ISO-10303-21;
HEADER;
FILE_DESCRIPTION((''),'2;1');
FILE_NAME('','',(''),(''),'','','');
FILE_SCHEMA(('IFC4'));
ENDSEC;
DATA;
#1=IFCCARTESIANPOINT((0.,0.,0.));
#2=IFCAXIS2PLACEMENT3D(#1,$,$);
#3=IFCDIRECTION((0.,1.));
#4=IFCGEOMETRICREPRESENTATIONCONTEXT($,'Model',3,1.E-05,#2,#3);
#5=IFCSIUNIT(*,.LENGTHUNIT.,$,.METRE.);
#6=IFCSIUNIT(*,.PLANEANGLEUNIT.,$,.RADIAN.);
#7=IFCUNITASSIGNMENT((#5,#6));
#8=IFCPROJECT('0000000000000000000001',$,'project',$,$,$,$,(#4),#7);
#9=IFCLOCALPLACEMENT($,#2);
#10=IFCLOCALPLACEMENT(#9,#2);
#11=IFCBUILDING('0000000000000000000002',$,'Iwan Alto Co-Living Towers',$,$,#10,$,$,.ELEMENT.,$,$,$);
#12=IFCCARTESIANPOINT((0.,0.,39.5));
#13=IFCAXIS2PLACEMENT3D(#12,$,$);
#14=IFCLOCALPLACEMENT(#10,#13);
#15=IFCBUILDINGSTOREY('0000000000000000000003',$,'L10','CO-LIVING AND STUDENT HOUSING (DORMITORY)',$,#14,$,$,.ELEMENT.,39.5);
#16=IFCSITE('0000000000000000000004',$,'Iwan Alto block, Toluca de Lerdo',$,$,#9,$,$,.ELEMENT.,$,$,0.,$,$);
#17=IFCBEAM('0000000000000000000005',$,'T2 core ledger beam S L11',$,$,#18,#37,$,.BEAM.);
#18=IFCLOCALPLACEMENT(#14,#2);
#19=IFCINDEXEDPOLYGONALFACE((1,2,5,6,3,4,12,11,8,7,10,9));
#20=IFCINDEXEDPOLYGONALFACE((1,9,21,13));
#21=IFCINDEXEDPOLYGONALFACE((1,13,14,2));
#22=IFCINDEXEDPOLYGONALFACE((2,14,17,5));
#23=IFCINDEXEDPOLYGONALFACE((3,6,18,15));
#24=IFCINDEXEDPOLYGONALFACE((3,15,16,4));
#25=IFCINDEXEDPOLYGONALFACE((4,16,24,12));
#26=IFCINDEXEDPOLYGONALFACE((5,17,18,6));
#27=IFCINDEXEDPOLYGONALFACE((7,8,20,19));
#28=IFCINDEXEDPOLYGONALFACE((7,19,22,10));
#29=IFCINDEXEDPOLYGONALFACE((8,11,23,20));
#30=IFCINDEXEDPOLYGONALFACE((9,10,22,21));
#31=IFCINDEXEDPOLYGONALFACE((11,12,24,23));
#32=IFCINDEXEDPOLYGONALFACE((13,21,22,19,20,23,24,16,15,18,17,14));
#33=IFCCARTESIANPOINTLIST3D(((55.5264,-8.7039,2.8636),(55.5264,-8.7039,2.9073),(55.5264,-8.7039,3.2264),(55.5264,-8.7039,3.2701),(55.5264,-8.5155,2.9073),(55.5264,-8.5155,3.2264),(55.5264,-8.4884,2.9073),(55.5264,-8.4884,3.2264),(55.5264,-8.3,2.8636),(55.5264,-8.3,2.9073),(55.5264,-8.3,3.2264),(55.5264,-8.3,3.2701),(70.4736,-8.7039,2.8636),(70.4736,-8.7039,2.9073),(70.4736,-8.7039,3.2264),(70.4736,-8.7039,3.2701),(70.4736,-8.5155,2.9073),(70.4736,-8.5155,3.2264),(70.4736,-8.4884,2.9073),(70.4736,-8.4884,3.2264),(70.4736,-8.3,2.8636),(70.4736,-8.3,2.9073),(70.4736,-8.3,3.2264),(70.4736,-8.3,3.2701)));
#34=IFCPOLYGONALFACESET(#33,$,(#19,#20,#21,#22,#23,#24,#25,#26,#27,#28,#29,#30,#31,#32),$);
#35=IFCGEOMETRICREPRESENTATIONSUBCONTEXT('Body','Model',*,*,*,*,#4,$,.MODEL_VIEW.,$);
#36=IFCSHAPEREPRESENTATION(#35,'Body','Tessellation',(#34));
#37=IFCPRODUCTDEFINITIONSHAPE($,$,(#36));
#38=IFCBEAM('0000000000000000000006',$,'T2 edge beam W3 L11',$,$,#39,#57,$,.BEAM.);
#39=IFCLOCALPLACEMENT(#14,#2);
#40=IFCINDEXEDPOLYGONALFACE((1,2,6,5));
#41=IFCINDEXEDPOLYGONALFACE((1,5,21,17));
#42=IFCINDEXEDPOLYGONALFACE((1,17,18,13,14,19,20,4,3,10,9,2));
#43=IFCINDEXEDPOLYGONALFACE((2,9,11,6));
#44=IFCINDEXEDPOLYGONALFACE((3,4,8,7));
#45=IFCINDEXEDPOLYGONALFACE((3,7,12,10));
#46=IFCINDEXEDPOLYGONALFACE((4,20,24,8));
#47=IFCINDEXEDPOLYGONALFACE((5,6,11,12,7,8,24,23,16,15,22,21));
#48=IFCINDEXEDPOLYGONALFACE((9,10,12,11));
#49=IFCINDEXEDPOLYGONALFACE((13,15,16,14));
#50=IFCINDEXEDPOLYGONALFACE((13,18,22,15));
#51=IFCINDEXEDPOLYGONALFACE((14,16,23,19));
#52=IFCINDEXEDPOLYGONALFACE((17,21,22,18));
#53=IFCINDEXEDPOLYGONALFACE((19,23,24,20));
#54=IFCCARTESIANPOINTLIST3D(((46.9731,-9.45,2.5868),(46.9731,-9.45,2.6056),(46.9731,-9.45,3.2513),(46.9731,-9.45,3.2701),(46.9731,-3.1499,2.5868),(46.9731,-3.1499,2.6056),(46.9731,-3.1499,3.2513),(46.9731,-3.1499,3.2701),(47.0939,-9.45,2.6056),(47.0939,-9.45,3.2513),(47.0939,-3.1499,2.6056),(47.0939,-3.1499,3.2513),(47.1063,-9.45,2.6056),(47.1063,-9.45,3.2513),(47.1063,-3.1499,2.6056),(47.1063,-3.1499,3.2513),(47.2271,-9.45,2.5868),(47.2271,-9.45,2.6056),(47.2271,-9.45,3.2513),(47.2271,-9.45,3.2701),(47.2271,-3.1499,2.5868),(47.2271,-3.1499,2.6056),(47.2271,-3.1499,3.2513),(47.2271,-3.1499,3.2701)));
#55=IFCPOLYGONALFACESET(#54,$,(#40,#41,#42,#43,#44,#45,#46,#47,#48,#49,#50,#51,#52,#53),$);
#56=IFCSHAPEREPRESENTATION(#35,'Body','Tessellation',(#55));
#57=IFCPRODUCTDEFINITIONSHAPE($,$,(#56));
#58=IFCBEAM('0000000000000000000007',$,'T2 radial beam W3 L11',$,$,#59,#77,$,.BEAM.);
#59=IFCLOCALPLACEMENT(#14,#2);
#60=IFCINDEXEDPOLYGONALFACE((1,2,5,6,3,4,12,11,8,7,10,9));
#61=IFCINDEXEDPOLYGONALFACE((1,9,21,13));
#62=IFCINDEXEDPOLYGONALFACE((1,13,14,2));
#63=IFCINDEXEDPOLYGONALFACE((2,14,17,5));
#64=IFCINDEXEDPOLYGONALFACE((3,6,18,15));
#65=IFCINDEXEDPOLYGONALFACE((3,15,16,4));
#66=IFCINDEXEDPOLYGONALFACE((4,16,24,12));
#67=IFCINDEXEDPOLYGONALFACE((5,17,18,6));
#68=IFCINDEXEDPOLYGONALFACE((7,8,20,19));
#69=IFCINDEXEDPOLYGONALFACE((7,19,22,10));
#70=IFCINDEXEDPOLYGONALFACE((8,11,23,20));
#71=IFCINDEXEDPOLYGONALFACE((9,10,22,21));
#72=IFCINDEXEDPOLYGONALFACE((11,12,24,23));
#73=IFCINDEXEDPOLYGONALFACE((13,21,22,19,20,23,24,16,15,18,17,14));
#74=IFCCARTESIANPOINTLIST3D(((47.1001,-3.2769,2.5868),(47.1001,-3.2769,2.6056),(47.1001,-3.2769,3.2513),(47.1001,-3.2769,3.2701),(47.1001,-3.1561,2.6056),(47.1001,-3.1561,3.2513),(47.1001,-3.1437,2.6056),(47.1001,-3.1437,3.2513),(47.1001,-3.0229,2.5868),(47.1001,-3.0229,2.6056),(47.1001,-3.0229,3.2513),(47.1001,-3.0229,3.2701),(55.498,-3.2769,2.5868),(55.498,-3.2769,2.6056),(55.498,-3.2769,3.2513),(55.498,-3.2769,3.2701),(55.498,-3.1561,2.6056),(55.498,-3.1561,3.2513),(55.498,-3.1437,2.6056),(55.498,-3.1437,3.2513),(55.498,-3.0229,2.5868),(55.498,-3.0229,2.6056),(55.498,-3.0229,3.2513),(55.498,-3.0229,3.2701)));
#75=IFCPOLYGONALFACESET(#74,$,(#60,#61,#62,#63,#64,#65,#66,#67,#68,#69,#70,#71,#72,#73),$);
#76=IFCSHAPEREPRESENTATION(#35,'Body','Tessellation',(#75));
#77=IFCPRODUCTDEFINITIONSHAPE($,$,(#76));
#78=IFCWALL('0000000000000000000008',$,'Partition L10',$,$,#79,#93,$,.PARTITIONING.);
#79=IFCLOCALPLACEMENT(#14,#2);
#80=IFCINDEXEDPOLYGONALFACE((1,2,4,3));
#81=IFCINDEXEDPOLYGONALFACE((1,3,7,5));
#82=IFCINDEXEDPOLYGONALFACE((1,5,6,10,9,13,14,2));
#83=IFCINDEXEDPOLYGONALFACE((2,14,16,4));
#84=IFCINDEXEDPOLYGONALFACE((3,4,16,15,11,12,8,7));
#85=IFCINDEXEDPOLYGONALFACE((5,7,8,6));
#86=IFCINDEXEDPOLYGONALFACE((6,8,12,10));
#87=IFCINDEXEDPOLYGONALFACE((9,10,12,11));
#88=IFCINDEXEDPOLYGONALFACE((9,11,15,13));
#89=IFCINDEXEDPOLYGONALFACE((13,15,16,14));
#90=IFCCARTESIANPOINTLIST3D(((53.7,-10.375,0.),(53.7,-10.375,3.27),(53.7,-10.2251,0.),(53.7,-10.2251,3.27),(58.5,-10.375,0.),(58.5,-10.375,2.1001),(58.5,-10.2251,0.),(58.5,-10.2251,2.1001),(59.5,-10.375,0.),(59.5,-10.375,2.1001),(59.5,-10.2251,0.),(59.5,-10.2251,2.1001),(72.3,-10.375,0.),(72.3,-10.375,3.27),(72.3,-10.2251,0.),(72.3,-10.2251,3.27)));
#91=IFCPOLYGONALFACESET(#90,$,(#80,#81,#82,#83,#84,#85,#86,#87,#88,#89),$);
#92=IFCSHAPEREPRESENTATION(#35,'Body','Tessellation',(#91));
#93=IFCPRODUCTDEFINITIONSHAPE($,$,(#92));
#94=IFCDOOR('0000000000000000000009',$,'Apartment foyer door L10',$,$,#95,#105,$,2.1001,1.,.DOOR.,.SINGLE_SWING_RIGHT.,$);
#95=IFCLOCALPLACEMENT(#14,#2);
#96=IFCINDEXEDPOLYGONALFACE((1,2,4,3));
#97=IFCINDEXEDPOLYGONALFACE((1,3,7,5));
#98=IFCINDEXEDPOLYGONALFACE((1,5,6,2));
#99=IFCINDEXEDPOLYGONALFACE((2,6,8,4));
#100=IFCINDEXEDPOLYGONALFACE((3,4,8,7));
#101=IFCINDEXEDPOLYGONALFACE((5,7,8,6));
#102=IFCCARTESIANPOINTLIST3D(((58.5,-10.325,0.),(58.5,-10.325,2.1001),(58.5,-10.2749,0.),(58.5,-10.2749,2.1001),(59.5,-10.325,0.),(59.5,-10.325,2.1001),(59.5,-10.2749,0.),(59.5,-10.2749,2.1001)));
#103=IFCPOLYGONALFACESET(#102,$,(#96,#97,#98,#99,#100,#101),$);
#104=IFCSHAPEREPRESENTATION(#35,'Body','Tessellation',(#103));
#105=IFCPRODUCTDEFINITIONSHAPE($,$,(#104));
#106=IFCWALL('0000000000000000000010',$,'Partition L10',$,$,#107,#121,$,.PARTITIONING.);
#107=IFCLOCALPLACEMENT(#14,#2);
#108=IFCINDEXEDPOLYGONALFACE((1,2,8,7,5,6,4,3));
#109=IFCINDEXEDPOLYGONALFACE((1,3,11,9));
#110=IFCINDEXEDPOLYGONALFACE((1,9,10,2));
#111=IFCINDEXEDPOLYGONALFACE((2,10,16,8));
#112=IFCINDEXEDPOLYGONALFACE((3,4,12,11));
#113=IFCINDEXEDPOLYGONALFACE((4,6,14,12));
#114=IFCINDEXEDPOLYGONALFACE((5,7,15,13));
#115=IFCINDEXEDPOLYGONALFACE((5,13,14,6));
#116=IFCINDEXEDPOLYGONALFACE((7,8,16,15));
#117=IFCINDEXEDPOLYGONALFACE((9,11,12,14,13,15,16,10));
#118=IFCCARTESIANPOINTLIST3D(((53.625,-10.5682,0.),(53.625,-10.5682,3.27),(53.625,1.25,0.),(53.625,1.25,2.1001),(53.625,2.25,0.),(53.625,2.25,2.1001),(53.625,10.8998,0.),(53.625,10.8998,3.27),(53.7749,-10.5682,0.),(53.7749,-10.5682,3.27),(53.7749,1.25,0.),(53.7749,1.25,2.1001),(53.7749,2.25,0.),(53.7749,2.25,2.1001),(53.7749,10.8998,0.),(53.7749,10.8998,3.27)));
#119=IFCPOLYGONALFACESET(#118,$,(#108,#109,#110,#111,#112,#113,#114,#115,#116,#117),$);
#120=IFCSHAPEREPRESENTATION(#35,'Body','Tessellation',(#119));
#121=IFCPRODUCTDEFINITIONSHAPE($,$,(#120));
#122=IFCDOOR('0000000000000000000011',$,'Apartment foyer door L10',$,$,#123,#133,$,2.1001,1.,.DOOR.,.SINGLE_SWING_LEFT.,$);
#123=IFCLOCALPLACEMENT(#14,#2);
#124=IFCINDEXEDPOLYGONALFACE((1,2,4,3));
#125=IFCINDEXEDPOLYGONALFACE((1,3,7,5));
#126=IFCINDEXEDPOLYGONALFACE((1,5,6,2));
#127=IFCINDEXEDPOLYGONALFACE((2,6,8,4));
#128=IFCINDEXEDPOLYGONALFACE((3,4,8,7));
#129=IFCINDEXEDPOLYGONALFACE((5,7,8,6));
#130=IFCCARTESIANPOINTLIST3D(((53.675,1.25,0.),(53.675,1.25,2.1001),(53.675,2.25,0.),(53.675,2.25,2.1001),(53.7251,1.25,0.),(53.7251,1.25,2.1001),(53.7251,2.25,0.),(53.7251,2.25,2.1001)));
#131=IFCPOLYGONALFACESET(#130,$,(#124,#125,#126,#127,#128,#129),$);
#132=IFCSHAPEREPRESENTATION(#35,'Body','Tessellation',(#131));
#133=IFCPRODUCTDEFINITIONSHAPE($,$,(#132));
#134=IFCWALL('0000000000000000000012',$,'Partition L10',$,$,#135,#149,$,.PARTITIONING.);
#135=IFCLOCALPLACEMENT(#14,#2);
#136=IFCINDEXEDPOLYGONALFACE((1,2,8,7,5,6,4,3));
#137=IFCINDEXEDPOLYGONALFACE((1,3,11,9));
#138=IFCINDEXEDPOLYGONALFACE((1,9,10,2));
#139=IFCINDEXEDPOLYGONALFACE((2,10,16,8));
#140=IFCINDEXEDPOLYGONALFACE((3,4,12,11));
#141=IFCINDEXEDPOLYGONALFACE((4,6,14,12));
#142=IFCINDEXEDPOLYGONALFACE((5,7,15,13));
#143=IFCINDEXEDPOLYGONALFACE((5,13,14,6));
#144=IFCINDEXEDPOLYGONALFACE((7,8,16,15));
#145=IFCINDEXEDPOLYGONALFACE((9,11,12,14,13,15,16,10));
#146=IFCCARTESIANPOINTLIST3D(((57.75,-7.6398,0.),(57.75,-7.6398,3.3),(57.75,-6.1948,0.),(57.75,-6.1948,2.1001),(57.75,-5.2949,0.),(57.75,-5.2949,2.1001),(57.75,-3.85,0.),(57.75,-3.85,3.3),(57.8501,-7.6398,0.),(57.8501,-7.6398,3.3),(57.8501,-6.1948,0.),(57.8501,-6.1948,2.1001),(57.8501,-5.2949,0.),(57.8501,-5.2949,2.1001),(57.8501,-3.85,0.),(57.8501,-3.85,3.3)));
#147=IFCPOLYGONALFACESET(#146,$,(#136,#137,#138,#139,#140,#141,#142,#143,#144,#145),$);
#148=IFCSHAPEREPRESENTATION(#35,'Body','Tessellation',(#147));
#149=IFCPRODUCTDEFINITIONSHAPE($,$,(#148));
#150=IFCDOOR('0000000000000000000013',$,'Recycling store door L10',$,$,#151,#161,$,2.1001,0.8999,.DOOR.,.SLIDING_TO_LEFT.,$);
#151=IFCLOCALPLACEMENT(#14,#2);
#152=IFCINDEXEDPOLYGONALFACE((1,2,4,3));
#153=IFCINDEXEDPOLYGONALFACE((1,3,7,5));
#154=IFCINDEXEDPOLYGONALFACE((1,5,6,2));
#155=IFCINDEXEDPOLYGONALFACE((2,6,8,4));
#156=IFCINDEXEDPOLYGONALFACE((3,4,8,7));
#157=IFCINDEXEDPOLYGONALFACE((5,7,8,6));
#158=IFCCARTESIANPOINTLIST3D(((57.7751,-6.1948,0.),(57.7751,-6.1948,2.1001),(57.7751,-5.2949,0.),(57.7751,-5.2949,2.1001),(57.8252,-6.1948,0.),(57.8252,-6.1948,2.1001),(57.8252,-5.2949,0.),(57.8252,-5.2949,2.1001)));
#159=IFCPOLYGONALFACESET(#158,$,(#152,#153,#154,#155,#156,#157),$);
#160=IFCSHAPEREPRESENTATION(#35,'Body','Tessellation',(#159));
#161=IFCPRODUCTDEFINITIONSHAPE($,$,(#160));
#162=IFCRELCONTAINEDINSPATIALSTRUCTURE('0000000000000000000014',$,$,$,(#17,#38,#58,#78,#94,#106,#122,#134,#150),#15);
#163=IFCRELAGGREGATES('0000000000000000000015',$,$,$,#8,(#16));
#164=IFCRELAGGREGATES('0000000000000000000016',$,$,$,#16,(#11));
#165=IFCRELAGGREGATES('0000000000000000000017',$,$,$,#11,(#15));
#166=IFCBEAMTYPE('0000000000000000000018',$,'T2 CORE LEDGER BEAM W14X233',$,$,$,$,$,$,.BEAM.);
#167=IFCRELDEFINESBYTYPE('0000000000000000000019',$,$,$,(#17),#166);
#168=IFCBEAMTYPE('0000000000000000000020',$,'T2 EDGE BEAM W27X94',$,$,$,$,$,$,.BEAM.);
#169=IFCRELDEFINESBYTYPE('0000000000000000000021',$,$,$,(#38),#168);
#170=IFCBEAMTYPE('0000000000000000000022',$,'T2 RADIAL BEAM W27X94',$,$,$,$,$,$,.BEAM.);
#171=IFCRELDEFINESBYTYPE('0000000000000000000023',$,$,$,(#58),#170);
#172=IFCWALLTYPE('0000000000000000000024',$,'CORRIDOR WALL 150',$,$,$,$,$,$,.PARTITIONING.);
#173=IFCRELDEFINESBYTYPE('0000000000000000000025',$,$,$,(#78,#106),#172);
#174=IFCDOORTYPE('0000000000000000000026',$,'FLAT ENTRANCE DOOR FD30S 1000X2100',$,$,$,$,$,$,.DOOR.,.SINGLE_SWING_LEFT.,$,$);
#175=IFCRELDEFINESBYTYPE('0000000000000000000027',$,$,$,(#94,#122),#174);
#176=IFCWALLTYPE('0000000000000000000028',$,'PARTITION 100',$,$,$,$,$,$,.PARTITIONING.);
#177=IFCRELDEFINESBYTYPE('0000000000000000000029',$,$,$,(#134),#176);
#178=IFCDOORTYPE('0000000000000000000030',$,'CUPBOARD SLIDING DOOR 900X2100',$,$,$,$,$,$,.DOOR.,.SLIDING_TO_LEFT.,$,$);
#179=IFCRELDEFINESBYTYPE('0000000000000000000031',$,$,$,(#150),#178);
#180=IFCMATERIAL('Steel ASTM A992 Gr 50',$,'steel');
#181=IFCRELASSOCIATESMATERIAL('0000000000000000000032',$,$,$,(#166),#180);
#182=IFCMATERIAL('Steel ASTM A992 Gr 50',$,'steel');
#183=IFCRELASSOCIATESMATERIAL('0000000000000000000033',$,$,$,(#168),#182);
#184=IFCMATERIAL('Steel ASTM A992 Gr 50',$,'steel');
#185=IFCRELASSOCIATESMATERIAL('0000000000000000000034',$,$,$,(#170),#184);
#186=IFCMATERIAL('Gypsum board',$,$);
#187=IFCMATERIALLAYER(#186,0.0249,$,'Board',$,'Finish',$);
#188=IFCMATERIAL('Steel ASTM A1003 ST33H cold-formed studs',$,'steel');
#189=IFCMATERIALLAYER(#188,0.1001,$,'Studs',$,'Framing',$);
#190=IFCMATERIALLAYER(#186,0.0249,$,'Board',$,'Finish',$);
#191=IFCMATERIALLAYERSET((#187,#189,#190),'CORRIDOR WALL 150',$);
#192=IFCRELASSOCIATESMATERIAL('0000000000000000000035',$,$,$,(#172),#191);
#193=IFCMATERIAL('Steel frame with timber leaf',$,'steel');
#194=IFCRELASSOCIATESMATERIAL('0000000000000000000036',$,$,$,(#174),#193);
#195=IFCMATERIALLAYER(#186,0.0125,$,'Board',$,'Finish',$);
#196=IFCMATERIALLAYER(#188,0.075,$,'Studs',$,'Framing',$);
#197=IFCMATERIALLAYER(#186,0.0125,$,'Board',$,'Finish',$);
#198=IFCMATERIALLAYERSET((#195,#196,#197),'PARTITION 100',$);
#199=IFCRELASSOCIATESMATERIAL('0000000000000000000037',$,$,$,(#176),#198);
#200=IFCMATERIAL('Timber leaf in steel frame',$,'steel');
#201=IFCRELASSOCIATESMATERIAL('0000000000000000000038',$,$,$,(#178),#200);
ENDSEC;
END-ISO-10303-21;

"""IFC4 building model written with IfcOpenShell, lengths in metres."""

from ifc_helpers import new_model, si_unit, direction, frame, frame_2d, origin, origin_2d, place, context, subcontext, project, spatial, rectangle, i_section, extrude, material, layer, layer_set, material_profile, profile_set, type_object, element, fill, save


model = new_model("IFC4")

# Units and contexts
model_context = context("Model", 3, precision=1e-05, world=origin(), true_north=direction((0.0, 1.0)))
body_context = subcontext(model_context, "Body", "Model", "MODEL_VIEW")
ifc_project = project(units=[si_unit("LENGTHUNIT", "METRE"), si_unit("PLANEANGLEUNIT", "RADIAN")], contexts=[model_context])

# Site, building, storey
site_placement = place(None, origin())
site = spatial("IfcSite", under=ifc_project, at=site_placement, Name="Iwan Alto block, Toluca de Lerdo", CompositionType="ELEMENT", RefElevation=0.0)
building_placement = place(site_placement, origin())
building = spatial("IfcBuilding", under=site, at=building_placement, Name="Iwan Alto Co-Living Towers", CompositionType="ELEMENT")
storey_placement = place(building_placement, frame((0.0, 0.0, 39.5)))
storey = spatial("IfcBuildingStorey", under=building, at=storey_placement, Name="L10", Description="CO-LIVING AND STUDENT HOUSING (DORMITORY)", CompositionType="ELEMENT", Elevation=39.5)

# Beams
ifc_material_1 = material(Name="Steel ASTM A992 Gr 50", Category="steel")
ifc_material_profile_1 = material_profile(ifc_material_1, i_section(OverallWidth=0.4038, OverallDepth=0.4065, WebThickness=0.0271, FlangeThickness=0.0437, at=origin_2d()), Name="W14X233")
ifc_profile_set_1 = profile_set([ifc_material_profile_1], Name="Steel ASTM A992 Gr 50")
beam_type_1 = type_object("IfcBeamType", Name="T2 CORE LEDGER BEAM W14X233", PredefinedType="BEAM", material=ifc_profile_set_1)
beam_1_placement = place(storey_placement, frame((55.5264, -8.502, 3.0669), z_axis=(1.0, 0.0, 0.0), x_axis=(0.0, 1.0, 0.0)))
element("IfcBeam", 1, at=beam_1_placement, inside=storey, type_object=beam_type_1, Name="T2 core ledger beam S L11", PredefinedType="BEAM", context=body_context, shape_type="SweptSolid", body=[
    extrude(i_section(OverallWidth=0.4038, OverallDepth=0.4065, WebThickness=0.0271, FlangeThickness=0.0437, at=origin_2d()), origin(), (0.0, 0.0, 1.0), 14.9473),
])
ifc_material_2 = material(Name="Steel ASTM A992 Gr 50", Category="steel")
ifc_material_profile_2 = material_profile(ifc_material_2, i_section(OverallWidth=0.2539, OverallDepth=0.6833, WebThickness=0.0125, FlangeThickness=0.0188, at=origin_2d()), Name="W27X94")
ifc_profile_set_2 = profile_set([ifc_material_profile_2], Name="Steel ASTM A992 Gr 50")
beam_type_2 = type_object("IfcBeamType", Name="T2 EDGE BEAM W27X94", PredefinedType="BEAM", material=ifc_profile_set_2)
beam_2_placement = place(storey_placement, frame((47.1001, -3.1499, 2.9285), z_axis=(0.0, -1.0, 0.0), x_axis=(1.0, 0.0, 0.0)))
element("IfcBeam", 2, at=beam_2_placement, inside=storey, type_object=beam_type_2, Name="T2 edge beam W3 L11", PredefinedType="BEAM", context=body_context, shape_type="SweptSolid", body=[
    extrude(i_section(OverallWidth=0.2539, OverallDepth=0.6833, WebThickness=0.0125, FlangeThickness=0.0188, at=origin_2d()), origin(), (0.0, 0.0, 1.0), 6.3),
])
ifc_material_3 = material(Name="Steel ASTM A992 Gr 50", Category="steel")
ifc_material_profile_3 = material_profile(ifc_material_3, i_section(OverallWidth=0.2539, OverallDepth=0.6833, WebThickness=0.0125, FlangeThickness=0.0188, at=origin_2d()), Name="W27X94")
ifc_profile_set_3 = profile_set([ifc_material_profile_3], Name="Steel ASTM A992 Gr 50")
beam_type_3 = type_object("IfcBeamType", Name="T2 RADIAL BEAM W27X94", PredefinedType="BEAM", material=ifc_profile_set_3)
beam_3_placement = place(storey_placement, frame((47.1001, -3.1499, 2.9285), z_axis=(1.0, 0.0, 0.0), x_axis=(0.0, 1.0, 0.0)))
element("IfcBeam", 3, at=beam_3_placement, inside=storey, type_object=beam_type_3, Name="T2 radial beam W3 L11", PredefinedType="BEAM", context=body_context, shape_type="SweptSolid", body=[
    extrude(i_section(OverallWidth=0.2539, OverallDepth=0.6833, WebThickness=0.0125, FlangeThickness=0.0188, at=origin_2d()), origin(), (0.0, 0.0, 1.0), 8.3979),
])

# Walls, openings, doors
ifc_material_4 = material(Name="Gypsum board")
ifc_layer_1 = layer(ifc_material_4, 0.0249, Name="Board", Category="Finish")
ifc_material_5 = material(Name="Steel ASTM A1003 ST33H cold-formed studs", Category="steel")
ifc_layer_2 = layer(ifc_material_5, 0.1001, Name="Studs", Category="Framing")
ifc_layer_3 = layer(ifc_material_4, 0.0249, Name="Board", Category="Finish")
ifc_layer_set_1 = layer_set([ifc_layer_1, ifc_layer_2, ifc_layer_3], Name="CORRIDOR WALL 150")
wall_type_1 = type_object("IfcWallType", Name="CORRIDOR WALL 150", PredefinedType="PARTITIONING", material=ifc_layer_set_1)
wall_1_placement = place(storey_placement, frame((53.7, -10.3, 0.0), z_axis=(0.0, 0.0, 1.0), x_axis=(1.0, 0.0, 0.0)))
wall_1 = element("IfcWall", 4, at=wall_1_placement, inside=storey, type_object=wall_type_1, Name="Partition L10", PredefinedType="PARTITIONING", context=body_context, shape_type="SweptSolid", body=[
    extrude(rectangle(XDim=18.6001, YDim=0.1499, at=frame_2d((9.3, 0.0))), origin(), (0.0, 0.0, 1.0), 3.27),
])
opening_1_placement = place(wall_1_placement, frame((4.8, 0.0, 0.0)))
opening_1 = element("IfcOpeningElement", 5, at=opening_1_placement, cuts=wall_1, PredefinedType="OPENING", context=body_context, shape_type="SweptSolid", body=[
    extrude(rectangle(XDim=1.0, YDim=2.1001, at=frame_2d((0.5, 1.05))), frame((0.0, 0.085, 0.0), z_axis=(0.0, -1.0, 0.0), x_axis=(1.0, 0.0, 0.0)), (0.0, 0.0, 1.0), 0.1699),
])
ifc_material_6 = material(Name="Steel frame with timber leaf", Category="steel")
door_type_1 = type_object("IfcDoorType", Name="FLAT ENTRANCE DOOR FD30S 1000X2100", OperationType="SINGLE_SWING_LEFT", PredefinedType="DOOR", material=ifc_material_6)
door_1_placement = place(opening_1_placement, frame((1.0, 0.0, 0.0), z_axis=(0.0, 0.0, 1.0), x_axis=(-1.0, 0.0, 0.0)))
door_1 = element("IfcDoor", 6, at=door_1_placement, inside=storey, type_object=door_type_1, Name="Apartment foyer door L10", OperationType="SINGLE_SWING_RIGHT", OverallHeight=2.1001, OverallWidth=1.0, PredefinedType="DOOR", context=body_context, shape_type="SweptSolid", body=[
    extrude(rectangle(XDim=1.0, YDim=2.1001, at=frame_2d((0.5, 1.05))), frame((0.0, 0.0249, 0.0), z_axis=(0.0, -1.0, 0.0), x_axis=(1.0, 0.0, 0.0)), (0.0, 0.0, 1.0), 0.05),
])
fill(opening_1, door_1)
wall_2_placement = place(storey_placement, frame((53.7, -10.5681, 0.0), z_axis=(0.0, 0.0, 1.0), x_axis=(0.0, 1.0, 0.0)))
wall_2 = element("IfcWall", 7, at=wall_2_placement, inside=storey, type_object=wall_type_1, Name="Partition L10", PredefinedType="PARTITIONING", context=body_context, shape_type="SweptSolid", body=[
    extrude(rectangle(XDim=21.468, YDim=0.1499, at=frame_2d((10.7339, 0.0))), origin(), (0.0, 0.0, 1.0), 3.27),
])
opening_2_placement = place(wall_2_placement, frame((11.8181, 0.0, 0.0)))
opening_2 = element("IfcOpeningElement", 8, at=opening_2_placement, cuts=wall_2, PredefinedType="OPENING", context=body_context, shape_type="SweptSolid", body=[
    extrude(rectangle(XDim=1.0, YDim=2.1001, at=frame_2d((0.5, 1.05))), frame((0.0, 0.085, 0.0), z_axis=(0.0, -1.0, 0.0), x_axis=(1.0, 0.0, 0.0)), (0.0, 0.0, 1.0), 0.1699),
])
door_2_placement = place(opening_2_placement, origin())
door_2 = element("IfcDoor", 9, at=door_2_placement, inside=storey, type_object=door_type_1, Name="Apartment foyer door L10", OperationType="SINGLE_SWING_LEFT", OverallHeight=2.1001, OverallWidth=1.0, PredefinedType="DOOR", context=body_context, shape_type="SweptSolid", body=[
    extrude(rectangle(XDim=1.0, YDim=2.1001, at=frame_2d((0.5, 1.05))), frame((0.0, 0.0249, 0.0), z_axis=(0.0, -1.0, 0.0), x_axis=(1.0, 0.0, 0.0)), (0.0, 0.0, 1.0), 0.05),
])
fill(opening_2, door_2)
ifc_layer_4 = layer(ifc_material_4, 0.0125, Name="Board", Category="Finish")
ifc_layer_5 = layer(ifc_material_5, 0.075, Name="Studs", Category="Framing")
ifc_layer_6 = layer(ifc_material_4, 0.0125, Name="Board", Category="Finish")
ifc_layer_set_2 = layer_set([ifc_layer_4, ifc_layer_5, ifc_layer_6], Name="PARTITION 100")
wall_type_2 = type_object("IfcWallType", Name="PARTITION 100", PredefinedType="PARTITIONING", material=ifc_layer_set_2)
wall_3_placement = place(storey_placement, frame((57.8, -7.6399, 0.0), z_axis=(0.0, 0.0, 1.0), x_axis=(0.0, 1.0, 0.0)))
wall_3 = element("IfcWall", 10, at=wall_3_placement, inside=storey, type_object=wall_type_2, Name="Partition L10", PredefinedType="PARTITIONING", context=body_context, shape_type="SweptSolid", body=[
    extrude(rectangle(XDim=3.7898, YDim=0.1001, at=frame_2d((1.895, 0.0))), origin(), (0.0, 0.0, 1.0), 3.3),
])
opening_3_placement = place(wall_3_placement, frame((1.4451, 0.0, 0.0)))
opening_3 = element("IfcOpeningElement", 11, at=opening_3_placement, cuts=wall_3, PredefinedType="OPENING", context=body_context, shape_type="SweptSolid", body=[
    extrude(rectangle(XDim=0.8999, YDim=2.1001, at=frame_2d((0.45, 1.05))), frame((0.0, 0.0601, 0.0), z_axis=(0.0, -1.0, 0.0), x_axis=(1.0, 0.0, 0.0)), (0.0, 0.0, 1.0), 0.1201),
])
ifc_material_7 = material(Name="Timber leaf in steel frame", Category="steel")
door_type_2 = type_object("IfcDoorType", Name="CUPBOARD SLIDING DOOR 900X2100", OperationType="SLIDING_TO_LEFT", PredefinedType="DOOR", material=ifc_material_7)
door_3_placement = place(opening_3_placement, origin())
door_3 = element("IfcDoor", 12, at=door_3_placement, inside=storey, type_object=door_type_2, Name="Recycling store door L10", OperationType="SLIDING_TO_LEFT", OverallHeight=2.1001, OverallWidth=0.8999, PredefinedType="DOOR", context=body_context, shape_type="SweptSolid", body=[
    extrude(rectangle(XDim=0.8999, YDim=2.1001, at=frame_2d((0.45, 1.05))), frame((0.0, 0.0249, 0.0), z_axis=(0.0, -1.0, 0.0), x_axis=(1.0, 0.0, 0.0)), (0.0, 0.0, 1.0), 0.05),
])
fill(opening_3, door_3)

save(model, "model.ifc")
